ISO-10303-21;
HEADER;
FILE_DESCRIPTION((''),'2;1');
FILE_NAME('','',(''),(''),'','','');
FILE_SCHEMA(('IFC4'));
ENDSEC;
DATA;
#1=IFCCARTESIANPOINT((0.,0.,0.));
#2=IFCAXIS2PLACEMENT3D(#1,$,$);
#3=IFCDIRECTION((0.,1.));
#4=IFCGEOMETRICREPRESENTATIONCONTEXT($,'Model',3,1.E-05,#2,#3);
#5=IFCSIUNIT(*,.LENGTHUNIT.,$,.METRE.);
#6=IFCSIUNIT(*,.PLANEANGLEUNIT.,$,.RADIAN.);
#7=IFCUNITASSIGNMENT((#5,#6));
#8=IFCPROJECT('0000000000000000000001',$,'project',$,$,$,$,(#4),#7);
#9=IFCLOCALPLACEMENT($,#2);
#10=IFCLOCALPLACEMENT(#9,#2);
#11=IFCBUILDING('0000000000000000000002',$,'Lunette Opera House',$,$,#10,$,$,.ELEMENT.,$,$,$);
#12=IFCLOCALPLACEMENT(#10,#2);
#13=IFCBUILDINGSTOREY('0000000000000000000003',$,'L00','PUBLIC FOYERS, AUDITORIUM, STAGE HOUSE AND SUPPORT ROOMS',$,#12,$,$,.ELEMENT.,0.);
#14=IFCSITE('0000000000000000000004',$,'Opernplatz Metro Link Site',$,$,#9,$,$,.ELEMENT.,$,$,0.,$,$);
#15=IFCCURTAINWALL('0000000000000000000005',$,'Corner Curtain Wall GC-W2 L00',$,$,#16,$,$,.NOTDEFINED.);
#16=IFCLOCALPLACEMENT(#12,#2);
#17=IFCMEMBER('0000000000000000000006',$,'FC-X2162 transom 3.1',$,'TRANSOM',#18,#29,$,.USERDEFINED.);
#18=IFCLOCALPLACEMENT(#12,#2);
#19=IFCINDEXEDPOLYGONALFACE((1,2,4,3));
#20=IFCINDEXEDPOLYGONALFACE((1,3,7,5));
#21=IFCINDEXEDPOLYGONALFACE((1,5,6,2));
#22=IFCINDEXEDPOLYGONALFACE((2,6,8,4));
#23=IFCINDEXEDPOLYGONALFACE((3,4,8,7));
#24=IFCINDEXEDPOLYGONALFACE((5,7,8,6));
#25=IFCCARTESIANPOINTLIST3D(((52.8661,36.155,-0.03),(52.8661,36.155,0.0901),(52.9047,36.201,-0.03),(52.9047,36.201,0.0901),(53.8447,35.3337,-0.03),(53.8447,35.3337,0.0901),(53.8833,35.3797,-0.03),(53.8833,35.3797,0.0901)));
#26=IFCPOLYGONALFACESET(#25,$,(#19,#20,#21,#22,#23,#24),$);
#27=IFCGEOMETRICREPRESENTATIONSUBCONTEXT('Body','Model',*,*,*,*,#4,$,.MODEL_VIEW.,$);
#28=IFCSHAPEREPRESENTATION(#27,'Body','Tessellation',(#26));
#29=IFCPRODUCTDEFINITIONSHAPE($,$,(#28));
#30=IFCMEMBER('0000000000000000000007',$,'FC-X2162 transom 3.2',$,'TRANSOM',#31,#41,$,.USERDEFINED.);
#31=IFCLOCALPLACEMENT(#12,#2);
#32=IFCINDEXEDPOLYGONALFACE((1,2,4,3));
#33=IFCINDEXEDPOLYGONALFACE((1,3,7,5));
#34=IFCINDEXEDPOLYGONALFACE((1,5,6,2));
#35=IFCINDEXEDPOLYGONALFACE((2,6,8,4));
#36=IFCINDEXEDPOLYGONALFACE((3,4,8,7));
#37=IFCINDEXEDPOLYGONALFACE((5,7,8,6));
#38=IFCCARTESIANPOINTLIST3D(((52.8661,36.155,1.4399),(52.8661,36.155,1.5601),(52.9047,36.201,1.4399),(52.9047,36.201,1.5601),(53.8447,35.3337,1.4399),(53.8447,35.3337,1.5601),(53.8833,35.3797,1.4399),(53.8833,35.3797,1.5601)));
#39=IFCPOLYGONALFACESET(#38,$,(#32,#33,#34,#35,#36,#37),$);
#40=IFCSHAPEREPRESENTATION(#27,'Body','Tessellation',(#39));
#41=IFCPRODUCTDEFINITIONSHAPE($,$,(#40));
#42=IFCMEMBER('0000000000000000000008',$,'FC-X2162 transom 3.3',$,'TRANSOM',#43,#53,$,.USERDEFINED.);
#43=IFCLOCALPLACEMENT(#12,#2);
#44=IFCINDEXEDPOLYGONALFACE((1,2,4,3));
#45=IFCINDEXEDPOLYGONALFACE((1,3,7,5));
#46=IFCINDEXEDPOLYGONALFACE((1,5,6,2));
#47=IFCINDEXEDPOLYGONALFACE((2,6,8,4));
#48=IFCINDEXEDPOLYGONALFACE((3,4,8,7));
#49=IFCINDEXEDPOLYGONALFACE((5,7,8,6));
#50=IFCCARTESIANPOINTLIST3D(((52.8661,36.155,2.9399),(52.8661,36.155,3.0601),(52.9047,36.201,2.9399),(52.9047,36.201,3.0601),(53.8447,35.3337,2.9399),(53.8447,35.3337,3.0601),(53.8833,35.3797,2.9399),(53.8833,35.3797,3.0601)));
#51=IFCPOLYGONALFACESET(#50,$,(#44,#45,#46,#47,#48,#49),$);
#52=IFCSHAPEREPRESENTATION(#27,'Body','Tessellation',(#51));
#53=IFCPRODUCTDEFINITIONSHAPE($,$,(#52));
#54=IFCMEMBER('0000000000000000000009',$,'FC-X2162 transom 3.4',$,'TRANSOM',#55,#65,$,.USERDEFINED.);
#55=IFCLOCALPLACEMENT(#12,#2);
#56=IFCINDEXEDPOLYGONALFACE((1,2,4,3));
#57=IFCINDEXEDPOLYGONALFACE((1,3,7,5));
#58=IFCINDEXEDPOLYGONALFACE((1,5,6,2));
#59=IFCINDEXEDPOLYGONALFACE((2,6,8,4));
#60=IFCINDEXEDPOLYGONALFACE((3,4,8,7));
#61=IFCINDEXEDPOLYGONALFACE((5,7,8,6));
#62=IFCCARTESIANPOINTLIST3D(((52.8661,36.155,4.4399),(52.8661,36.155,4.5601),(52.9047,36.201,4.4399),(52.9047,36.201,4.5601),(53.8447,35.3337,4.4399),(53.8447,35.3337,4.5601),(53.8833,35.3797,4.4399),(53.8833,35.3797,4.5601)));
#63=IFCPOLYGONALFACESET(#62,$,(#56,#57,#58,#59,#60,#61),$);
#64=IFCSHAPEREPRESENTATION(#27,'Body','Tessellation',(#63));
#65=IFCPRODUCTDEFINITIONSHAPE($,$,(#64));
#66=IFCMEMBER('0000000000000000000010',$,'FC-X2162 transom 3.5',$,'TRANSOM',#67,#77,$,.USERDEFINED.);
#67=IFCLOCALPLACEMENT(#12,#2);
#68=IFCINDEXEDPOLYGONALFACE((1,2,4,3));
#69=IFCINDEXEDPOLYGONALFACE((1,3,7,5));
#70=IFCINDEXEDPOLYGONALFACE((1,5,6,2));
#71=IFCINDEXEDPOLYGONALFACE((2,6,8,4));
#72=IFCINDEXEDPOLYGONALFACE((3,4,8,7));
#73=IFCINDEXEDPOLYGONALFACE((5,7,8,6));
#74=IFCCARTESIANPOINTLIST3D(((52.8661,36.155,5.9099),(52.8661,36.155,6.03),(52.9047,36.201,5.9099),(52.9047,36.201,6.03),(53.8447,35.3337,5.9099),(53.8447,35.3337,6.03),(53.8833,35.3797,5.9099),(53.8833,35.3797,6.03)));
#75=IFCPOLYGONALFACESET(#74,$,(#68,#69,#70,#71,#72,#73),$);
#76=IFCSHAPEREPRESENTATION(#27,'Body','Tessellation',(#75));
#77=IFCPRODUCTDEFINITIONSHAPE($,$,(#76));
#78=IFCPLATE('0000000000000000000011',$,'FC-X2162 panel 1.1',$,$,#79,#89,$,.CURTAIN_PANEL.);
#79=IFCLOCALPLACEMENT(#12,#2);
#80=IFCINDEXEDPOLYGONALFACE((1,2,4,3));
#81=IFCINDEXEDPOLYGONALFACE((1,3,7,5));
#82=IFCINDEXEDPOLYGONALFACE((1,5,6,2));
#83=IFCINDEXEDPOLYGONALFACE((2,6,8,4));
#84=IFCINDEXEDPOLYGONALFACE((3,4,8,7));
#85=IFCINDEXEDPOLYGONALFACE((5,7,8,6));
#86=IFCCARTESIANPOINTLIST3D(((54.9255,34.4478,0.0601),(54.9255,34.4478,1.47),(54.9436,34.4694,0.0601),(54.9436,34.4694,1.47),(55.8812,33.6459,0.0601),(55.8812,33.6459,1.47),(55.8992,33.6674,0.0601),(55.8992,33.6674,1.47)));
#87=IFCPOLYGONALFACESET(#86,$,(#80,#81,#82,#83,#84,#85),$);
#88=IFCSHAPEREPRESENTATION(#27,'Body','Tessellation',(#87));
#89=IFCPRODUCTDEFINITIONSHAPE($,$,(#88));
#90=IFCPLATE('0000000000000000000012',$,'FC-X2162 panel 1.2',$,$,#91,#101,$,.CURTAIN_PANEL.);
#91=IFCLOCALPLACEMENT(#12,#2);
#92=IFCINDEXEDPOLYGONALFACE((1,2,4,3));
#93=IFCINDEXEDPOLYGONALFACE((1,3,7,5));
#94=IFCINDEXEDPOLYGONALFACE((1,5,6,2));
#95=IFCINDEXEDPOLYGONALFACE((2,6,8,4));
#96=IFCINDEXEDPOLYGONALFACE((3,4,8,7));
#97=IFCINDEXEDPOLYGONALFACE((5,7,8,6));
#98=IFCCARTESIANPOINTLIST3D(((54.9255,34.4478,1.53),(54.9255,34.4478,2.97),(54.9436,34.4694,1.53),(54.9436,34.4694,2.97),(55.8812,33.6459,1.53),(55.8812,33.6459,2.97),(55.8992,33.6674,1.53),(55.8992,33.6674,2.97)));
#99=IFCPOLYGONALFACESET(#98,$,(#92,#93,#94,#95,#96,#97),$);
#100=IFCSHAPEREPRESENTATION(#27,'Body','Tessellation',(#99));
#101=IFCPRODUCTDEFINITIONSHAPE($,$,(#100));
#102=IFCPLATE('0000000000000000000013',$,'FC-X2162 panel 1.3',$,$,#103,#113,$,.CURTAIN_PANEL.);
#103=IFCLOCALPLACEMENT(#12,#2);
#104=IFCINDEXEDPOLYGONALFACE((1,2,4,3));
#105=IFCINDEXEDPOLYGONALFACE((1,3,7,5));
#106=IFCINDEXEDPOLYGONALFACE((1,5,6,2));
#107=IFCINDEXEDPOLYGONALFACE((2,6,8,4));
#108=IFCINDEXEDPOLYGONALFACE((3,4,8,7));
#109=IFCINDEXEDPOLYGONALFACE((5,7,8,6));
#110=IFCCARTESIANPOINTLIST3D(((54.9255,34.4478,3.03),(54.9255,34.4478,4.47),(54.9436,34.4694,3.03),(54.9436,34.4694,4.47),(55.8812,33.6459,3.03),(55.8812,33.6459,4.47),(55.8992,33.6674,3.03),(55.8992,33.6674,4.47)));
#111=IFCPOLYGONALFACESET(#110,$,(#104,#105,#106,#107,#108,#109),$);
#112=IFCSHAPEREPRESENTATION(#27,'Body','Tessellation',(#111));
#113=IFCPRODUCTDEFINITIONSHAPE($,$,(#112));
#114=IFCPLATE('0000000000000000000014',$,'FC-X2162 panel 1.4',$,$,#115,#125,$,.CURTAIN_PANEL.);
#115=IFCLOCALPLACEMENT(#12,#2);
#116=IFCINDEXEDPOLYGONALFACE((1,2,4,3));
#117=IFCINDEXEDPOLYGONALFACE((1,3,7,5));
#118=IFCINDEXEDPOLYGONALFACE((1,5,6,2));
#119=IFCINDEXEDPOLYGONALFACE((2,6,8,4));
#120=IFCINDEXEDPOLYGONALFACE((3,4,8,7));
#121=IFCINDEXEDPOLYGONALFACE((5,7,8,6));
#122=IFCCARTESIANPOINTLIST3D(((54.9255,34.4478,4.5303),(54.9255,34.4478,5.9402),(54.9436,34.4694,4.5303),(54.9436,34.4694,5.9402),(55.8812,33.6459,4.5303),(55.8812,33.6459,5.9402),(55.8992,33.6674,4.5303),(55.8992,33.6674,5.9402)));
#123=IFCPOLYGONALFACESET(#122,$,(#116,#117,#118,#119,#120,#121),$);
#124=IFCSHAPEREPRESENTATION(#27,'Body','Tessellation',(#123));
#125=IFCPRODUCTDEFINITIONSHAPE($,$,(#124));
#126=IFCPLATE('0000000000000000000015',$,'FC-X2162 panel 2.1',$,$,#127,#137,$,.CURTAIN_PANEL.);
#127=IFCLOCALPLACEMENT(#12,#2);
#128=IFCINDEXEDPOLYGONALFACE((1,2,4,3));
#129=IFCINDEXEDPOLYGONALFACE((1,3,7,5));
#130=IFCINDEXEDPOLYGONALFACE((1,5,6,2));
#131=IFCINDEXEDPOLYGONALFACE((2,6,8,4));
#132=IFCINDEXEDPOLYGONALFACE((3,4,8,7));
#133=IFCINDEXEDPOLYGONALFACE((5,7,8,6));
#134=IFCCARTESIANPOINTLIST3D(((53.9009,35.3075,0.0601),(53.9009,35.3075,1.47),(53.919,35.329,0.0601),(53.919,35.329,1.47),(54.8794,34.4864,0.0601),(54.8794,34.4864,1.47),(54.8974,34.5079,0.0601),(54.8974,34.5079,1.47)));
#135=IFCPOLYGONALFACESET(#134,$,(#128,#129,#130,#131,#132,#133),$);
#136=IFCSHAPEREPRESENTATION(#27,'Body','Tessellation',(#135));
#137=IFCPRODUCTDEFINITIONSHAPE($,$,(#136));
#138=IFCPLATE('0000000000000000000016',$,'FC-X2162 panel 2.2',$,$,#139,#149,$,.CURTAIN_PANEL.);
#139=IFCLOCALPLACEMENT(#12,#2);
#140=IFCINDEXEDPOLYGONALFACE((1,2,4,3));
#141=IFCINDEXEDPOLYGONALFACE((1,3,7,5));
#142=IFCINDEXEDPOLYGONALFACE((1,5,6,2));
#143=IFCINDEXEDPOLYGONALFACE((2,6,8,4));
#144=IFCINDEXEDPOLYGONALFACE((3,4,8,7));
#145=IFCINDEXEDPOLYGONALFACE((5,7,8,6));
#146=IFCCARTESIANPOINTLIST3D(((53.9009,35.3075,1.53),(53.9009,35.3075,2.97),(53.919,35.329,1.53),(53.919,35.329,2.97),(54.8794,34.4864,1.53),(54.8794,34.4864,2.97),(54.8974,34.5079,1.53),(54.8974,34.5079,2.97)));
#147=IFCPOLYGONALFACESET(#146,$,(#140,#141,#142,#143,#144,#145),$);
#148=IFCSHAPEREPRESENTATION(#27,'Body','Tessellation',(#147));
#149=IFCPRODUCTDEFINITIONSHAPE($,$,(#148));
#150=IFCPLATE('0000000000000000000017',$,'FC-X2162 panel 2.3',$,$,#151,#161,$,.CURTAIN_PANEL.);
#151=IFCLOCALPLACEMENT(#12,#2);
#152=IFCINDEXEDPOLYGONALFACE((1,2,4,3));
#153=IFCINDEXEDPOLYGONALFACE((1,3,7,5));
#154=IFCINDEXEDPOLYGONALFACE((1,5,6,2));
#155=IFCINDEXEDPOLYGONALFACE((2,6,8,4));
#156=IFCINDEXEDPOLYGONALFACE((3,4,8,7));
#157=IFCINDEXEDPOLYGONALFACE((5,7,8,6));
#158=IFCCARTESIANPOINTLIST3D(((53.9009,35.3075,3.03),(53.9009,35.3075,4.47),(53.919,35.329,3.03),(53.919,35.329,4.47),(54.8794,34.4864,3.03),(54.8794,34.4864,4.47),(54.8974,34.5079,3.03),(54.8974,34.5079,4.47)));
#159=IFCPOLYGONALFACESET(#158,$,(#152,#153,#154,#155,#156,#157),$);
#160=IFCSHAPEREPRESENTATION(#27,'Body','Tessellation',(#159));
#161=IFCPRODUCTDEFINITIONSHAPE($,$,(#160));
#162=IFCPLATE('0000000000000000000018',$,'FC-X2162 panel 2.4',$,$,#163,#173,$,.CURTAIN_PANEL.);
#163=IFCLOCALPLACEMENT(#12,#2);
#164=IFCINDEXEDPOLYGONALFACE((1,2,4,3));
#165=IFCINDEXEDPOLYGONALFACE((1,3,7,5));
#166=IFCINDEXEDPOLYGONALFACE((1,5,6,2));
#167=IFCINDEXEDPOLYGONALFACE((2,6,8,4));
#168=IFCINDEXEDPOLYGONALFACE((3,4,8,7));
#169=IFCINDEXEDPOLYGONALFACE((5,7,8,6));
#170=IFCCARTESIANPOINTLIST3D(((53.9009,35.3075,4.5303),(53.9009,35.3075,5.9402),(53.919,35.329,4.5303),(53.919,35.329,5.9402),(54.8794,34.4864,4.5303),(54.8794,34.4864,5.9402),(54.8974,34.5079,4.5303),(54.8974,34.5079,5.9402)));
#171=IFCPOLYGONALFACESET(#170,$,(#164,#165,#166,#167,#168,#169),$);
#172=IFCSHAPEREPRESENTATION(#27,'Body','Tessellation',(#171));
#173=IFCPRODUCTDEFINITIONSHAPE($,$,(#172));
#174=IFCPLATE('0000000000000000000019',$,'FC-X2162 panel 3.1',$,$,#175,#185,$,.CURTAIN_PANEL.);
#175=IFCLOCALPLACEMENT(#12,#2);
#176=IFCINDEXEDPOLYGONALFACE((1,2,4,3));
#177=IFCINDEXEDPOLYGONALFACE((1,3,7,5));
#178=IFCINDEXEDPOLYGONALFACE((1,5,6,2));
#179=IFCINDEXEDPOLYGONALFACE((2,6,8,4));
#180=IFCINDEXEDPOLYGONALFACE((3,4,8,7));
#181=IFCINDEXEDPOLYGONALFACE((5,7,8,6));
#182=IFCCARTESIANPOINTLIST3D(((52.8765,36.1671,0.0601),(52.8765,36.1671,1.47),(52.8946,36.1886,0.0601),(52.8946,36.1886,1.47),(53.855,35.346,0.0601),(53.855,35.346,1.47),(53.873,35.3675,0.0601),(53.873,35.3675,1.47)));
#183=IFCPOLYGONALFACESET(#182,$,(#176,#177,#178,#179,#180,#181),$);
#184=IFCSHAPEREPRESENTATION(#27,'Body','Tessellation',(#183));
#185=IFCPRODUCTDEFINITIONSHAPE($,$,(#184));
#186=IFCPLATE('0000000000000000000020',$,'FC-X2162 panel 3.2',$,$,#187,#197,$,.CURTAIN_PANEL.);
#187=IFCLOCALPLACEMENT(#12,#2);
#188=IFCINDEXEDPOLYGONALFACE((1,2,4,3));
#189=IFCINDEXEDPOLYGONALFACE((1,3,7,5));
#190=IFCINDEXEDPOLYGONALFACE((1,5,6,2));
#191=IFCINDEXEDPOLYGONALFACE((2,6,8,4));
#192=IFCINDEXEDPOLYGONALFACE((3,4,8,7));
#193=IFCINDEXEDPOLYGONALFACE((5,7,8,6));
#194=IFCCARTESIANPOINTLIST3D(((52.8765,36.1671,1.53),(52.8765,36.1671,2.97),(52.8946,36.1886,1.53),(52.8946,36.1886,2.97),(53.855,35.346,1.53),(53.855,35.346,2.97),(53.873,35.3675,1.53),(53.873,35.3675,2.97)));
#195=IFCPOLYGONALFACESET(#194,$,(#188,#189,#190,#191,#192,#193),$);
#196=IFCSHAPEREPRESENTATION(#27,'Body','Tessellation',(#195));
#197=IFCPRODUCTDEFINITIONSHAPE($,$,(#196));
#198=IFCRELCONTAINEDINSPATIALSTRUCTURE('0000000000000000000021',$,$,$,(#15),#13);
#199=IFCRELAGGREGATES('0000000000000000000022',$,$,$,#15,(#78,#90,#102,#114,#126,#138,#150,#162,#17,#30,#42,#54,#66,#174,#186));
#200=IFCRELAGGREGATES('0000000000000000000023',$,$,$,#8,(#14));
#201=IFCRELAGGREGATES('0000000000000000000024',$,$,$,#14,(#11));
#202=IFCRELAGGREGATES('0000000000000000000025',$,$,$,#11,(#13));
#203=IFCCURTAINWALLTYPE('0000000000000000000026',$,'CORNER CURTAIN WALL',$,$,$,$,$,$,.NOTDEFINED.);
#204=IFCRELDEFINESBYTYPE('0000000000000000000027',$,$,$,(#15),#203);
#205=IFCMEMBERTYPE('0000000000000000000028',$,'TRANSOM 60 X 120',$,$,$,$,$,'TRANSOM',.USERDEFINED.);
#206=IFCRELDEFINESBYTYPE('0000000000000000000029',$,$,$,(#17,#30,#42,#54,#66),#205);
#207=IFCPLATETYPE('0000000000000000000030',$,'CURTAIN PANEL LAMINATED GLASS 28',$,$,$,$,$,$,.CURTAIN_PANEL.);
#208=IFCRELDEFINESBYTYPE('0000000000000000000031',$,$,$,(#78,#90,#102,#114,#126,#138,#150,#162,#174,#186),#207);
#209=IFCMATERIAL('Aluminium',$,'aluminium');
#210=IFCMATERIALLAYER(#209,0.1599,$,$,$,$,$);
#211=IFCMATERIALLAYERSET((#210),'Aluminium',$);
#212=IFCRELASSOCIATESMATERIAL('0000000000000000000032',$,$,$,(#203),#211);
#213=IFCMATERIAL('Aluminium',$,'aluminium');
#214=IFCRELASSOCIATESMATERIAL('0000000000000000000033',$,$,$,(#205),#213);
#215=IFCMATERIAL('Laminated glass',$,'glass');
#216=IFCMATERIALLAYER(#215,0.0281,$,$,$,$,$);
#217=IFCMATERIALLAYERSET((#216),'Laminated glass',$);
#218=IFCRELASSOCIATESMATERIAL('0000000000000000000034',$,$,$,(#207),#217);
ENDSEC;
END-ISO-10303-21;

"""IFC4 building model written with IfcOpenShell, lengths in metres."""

from ifc_helpers import new_model, si_unit, direction, frame, origin, origin_2d, place, context, subcontext, project, spatial, rectangle, extrude, material, layer, layer_set, material_profile, profile_set, type_object, element, aggregate, save


model = new_model("IFC4")

# Units and contexts
model_context = context("Model", 3, precision=1e-05, world=origin(), true_north=direction((0.0, 1.0)))
body_context = subcontext(model_context, "Body", "Model", "MODEL_VIEW")
ifc_project = project(units=[si_unit("LENGTHUNIT", "METRE"), si_unit("PLANEANGLEUNIT", "RADIAN")], contexts=[model_context])

# Site, building, storey
site_placement = place(None, origin())
site = spatial("IfcSite", under=ifc_project, at=site_placement, Name="Opernplatz Metro Link Site", CompositionType="ELEMENT", RefElevation=0.0)
building_placement = place(site_placement, origin())
building = spatial("IfcBuilding", under=site, at=building_placement, Name="Lunette Opera House", CompositionType="ELEMENT")
storey_placement = place(building_placement, origin())
storey = spatial("IfcBuildingStorey", under=building, at=storey_placement, Name="L00", Description="PUBLIC FOYERS, AUDITORIUM, STAGE HOUSE AND SUPPORT ROOMS", CompositionType="ELEMENT", Elevation=0.0)

# Curtain wall, members, plates
ifc_material_1 = material(Name="Aluminium", Category="aluminium")
ifc_layer_1 = layer(ifc_material_1, 0.1599)
ifc_layer_set_1 = layer_set([ifc_layer_1], Name="Aluminium")
curtain_wall_type = type_object("IfcCurtainWallType", Name="CORNER CURTAIN WALL", PredefinedType="NOTDEFINED", material=ifc_layer_set_1)
curtain_wall_placement = place(storey_placement, origin())
curtain_wall = element("IfcCurtainWall", 1, at=curtain_wall_placement, inside=storey, type_object=curtain_wall_type, Name="Corner Curtain Wall GC-W2 L00", PredefinedType="NOTDEFINED")
ifc_material_2 = material(Name="Aluminium", Category="aluminium")
ifc_material_profile_1 = material_profile(ifc_material_2, rectangle(XDim=0.0601, YDim=0.1201, at=origin_2d()), Name="TRANSOM 60 X 120")
ifc_profile_set_1 = profile_set([ifc_material_profile_1], Name="Aluminium")
member_type_1 = type_object("IfcMemberType", Name="TRANSOM 60 X 120", ElementType="TRANSOM", PredefinedType="USERDEFINED", material=ifc_profile_set_1)
member_1_placement = place(storey_placement, frame((53.864, 35.3567, 0.03), z_axis=(-0.765961, 0.642887, 0.0), x_axis=(-0.642887, -0.765961, 0.0)))
member_1 = element("IfcMember", 2, at=member_1_placement, type_object=member_type_1, Name="FC-X2162 transom 3.1", ObjectType="TRANSOM", PredefinedType="USERDEFINED", context=body_context, shape_type="SweptSolid", body=[
    extrude(rectangle(XDim=0.0601, YDim=0.1201, at=origin_2d()), origin(), (0.0, 0.0, 1.0), 1.2776),
])
member_2_placement = place(storey_placement, frame((53.864, 35.3567, 1.5), z_axis=(-0.765961, 0.642887, 0.0), x_axis=(-0.642887, -0.765961, 0.0)))
member_2 = element("IfcMember", 3, at=member_2_placement, type_object=member_type_1, Name="FC-X2162 transom 3.2", ObjectType="TRANSOM", PredefinedType="USERDEFINED", context=body_context, shape_type="SweptSolid", body=[
    extrude(rectangle(XDim=0.0601, YDim=0.1201, at=origin_2d()), origin(), (0.0, 0.0, 1.0), 1.2776),
])
member_3_placement = place(storey_placement, frame((53.864, 35.3567, 3.0), z_axis=(-0.765961, 0.642887, 0.0), x_axis=(-0.642887, -0.765961, 0.0)))
member_3 = element("IfcMember", 4, at=member_3_placement, type_object=member_type_1, Name="FC-X2162 transom 3.3", ObjectType="TRANSOM", PredefinedType="USERDEFINED", context=body_context, shape_type="SweptSolid", body=[
    extrude(rectangle(XDim=0.0601, YDim=0.1201, at=origin_2d()), origin(), (0.0, 0.0, 1.0), 1.2776),
])
member_4_placement = place(storey_placement, frame((53.864, 35.3567, 4.5), z_axis=(-0.765961, 0.642887, 0.0), x_axis=(-0.642887, -0.765961, 0.0)))
member_4 = element("IfcMember", 5, at=member_4_placement, type_object=member_type_1, Name="FC-X2162 transom 3.4", ObjectType="TRANSOM", PredefinedType="USERDEFINED", context=body_context, shape_type="SweptSolid", body=[
    extrude(rectangle(XDim=0.0601, YDim=0.1201, at=origin_2d()), origin(), (0.0, 0.0, 1.0), 1.2776),
])
member_5_placement = place(storey_placement, frame((53.864, 35.3567, 5.97), z_axis=(-0.765961, 0.642887, 0.0), x_axis=(-0.642887, -0.765961, 0.0)))
member_5 = element("IfcMember", 6, at=member_5_placement, type_object=member_type_1, Name="FC-X2162 transom 3.5", ObjectType="TRANSOM", PredefinedType="USERDEFINED", context=body_context, shape_type="SweptSolid", body=[
    extrude(rectangle(XDim=0.0601, YDim=0.1201, at=origin_2d()), origin(), (0.0, 0.0, 1.0), 1.2776),
])
ifc_material_3 = material(Name="Laminated glass", Category="glass")
ifc_layer_2 = layer(ifc_material_3, 0.0281)
ifc_layer_set_2 = layer_set([ifc_layer_2], Name="Laminated glass")
plate_type = type_object("IfcPlateType", Name="CURTAIN PANEL LAMINATED GLASS 28", PredefinedType="CURTAIN_PANEL", material=ifc_layer_set_2)
plate_1_placement = place(storey_placement, frame((55.4124, 34.0576, 0.0601), z_axis=(0.0, 0.0, 1.0), x_axis=(-0.76601, 0.642828, 0.0)))
plate_1 = element("IfcPlate", 7, at=plate_1_placement, type_object=plate_type, Name="FC-X2162 panel 1.1", PredefinedType="CURTAIN_PANEL", context=body_context, shape_type="SweptSolid", body=[
    extrude(rectangle(XDim=1.2476, YDim=0.0281, at=origin_2d()), origin(), (0.0, 0.0, 1.0), 1.4099),
])
plate_2_placement = place(storey_placement, frame((55.4124, 34.0576, 1.53), z_axis=(0.0, 0.0, 1.0), x_axis=(-0.76601, 0.642828, 0.0)))
plate_2 = element("IfcPlate", 8, at=plate_2_placement, type_object=plate_type, Name="FC-X2162 panel 1.2", PredefinedType="CURTAIN_PANEL", context=body_context, shape_type="SweptSolid", body=[
    extrude(rectangle(XDim=1.2476, YDim=0.0281, at=origin_2d()), origin(), (0.0, 0.0, 1.0), 1.4399),
])
plate_3_placement = place(storey_placement, frame((55.4124, 34.0576, 3.03), z_axis=(0.0, 0.0, 1.0), x_axis=(-0.76601, 0.642828, 0.0)))
plate_3 = element("IfcPlate", 9, at=plate_3_placement, type_object=plate_type, Name="FC-X2162 panel 1.3", PredefinedType="CURTAIN_PANEL", context=body_context, shape_type="SweptSolid", body=[
    extrude(rectangle(XDim=1.2476, YDim=0.0281, at=origin_2d()), origin(), (0.0, 0.0, 1.0), 1.4399),
])
plate_4_placement = place(storey_placement, frame((55.4124, 34.0576, 4.5303), z_axis=(0.0, 0.0, 1.0), x_axis=(-0.76601, 0.642828, 0.0)))
plate_4 = element("IfcPlate", 10, at=plate_4_placement, type_object=plate_type, Name="FC-X2162 panel 1.4", PredefinedType="CURTAIN_PANEL", context=body_context, shape_type="SweptSolid", body=[
    extrude(rectangle(XDim=1.2476, YDim=0.0281, at=origin_2d()), origin(), (0.0, 0.0, 1.0), 1.4099),
])
plate_5_placement = place(storey_placement, frame((54.3992, 34.9077, 0.0601), z_axis=(0.0, 0.0, 1.0), x_axis=(-0.76601, 0.642828, 0.0)))
plate_5 = element("IfcPlate", 11, at=plate_5_placement, type_object=plate_type, Name="FC-X2162 panel 2.1", PredefinedType="CURTAIN_PANEL", context=body_context, shape_type="SweptSolid", body=[
    extrude(rectangle(XDim=1.2773, YDim=0.0281, at=origin_2d()), origin(), (0.0, 0.0, 1.0), 1.4099),
])
plate_6_placement = place(storey_placement, frame((54.3992, 34.9077, 1.53), z_axis=(0.0, 0.0, 1.0), x_axis=(-0.76601, 0.642828, 0.0)))
plate_6 = element("IfcPlate", 12, at=plate_6_placement, type_object=plate_type, Name="FC-X2162 panel 2.2", PredefinedType="CURTAIN_PANEL", context=body_context, shape_type="SweptSolid", body=[
    extrude(rectangle(XDim=1.2773, YDim=0.0281, at=origin_2d()), origin(), (0.0, 0.0, 1.0), 1.4399),
])
plate_7_placement = place(storey_placement, frame((54.3992, 34.9077, 3.03), z_axis=(0.0, 0.0, 1.0), x_axis=(-0.76601, 0.642828, 0.0)))
plate_7 = element("IfcPlate", 13, at=plate_7_placement, type_object=plate_type, Name="FC-X2162 panel 2.3", PredefinedType="CURTAIN_PANEL", context=body_context, shape_type="SweptSolid", body=[
    extrude(rectangle(XDim=1.2773, YDim=0.0281, at=origin_2d()), origin(), (0.0, 0.0, 1.0), 1.4399),
])
plate_8_placement = place(storey_placement, frame((54.3992, 34.9077, 4.5303), z_axis=(0.0, 0.0, 1.0), x_axis=(-0.76601, 0.642828, 0.0)))
plate_8 = element("IfcPlate", 14, at=plate_8_placement, type_object=plate_type, Name="FC-X2162 panel 2.4", PredefinedType="CURTAIN_PANEL", context=body_context, shape_type="SweptSolid", body=[
    extrude(rectangle(XDim=1.2773, YDim=0.0281, at=origin_2d()), origin(), (0.0, 0.0, 1.0), 1.4099),
])
plate_9_placement = place(storey_placement, frame((53.3748, 35.7673, 0.0601), z_axis=(0.0, 0.0, 1.0), x_axis=(-0.76601, 0.642828, 0.0)))
plate_9 = element("IfcPlate", 15, at=plate_9_placement, type_object=plate_type, Name="FC-X2162 panel 3.1", PredefinedType="CURTAIN_PANEL", context=body_context, shape_type="SweptSolid", body=[
    extrude(rectangle(XDim=1.2773, YDim=0.0281, at=origin_2d()), origin(), (0.0, 0.0, 1.0), 1.4099),
])
plate_10_placement = place(storey_placement, frame((53.3748, 35.7673, 1.53), z_axis=(0.0, 0.0, 1.0), x_axis=(-0.76601, 0.642828, 0.0)))
plate_10 = element("IfcPlate", 16, at=plate_10_placement, type_object=plate_type, Name="FC-X2162 panel 3.2", PredefinedType="CURTAIN_PANEL", context=body_context, shape_type="SweptSolid", body=[
    extrude(rectangle(XDim=1.2773, YDim=0.0281, at=origin_2d()), origin(), (0.0, 0.0, 1.0), 1.4399),
])
aggregate(curtain_wall, [plate_1, plate_2, plate_3, plate_4, plate_5, plate_6, plate_7, plate_8, member_1, member_2, member_3, member_4, member_5, plate_9, plate_10])

save(model, "model.ifc")
